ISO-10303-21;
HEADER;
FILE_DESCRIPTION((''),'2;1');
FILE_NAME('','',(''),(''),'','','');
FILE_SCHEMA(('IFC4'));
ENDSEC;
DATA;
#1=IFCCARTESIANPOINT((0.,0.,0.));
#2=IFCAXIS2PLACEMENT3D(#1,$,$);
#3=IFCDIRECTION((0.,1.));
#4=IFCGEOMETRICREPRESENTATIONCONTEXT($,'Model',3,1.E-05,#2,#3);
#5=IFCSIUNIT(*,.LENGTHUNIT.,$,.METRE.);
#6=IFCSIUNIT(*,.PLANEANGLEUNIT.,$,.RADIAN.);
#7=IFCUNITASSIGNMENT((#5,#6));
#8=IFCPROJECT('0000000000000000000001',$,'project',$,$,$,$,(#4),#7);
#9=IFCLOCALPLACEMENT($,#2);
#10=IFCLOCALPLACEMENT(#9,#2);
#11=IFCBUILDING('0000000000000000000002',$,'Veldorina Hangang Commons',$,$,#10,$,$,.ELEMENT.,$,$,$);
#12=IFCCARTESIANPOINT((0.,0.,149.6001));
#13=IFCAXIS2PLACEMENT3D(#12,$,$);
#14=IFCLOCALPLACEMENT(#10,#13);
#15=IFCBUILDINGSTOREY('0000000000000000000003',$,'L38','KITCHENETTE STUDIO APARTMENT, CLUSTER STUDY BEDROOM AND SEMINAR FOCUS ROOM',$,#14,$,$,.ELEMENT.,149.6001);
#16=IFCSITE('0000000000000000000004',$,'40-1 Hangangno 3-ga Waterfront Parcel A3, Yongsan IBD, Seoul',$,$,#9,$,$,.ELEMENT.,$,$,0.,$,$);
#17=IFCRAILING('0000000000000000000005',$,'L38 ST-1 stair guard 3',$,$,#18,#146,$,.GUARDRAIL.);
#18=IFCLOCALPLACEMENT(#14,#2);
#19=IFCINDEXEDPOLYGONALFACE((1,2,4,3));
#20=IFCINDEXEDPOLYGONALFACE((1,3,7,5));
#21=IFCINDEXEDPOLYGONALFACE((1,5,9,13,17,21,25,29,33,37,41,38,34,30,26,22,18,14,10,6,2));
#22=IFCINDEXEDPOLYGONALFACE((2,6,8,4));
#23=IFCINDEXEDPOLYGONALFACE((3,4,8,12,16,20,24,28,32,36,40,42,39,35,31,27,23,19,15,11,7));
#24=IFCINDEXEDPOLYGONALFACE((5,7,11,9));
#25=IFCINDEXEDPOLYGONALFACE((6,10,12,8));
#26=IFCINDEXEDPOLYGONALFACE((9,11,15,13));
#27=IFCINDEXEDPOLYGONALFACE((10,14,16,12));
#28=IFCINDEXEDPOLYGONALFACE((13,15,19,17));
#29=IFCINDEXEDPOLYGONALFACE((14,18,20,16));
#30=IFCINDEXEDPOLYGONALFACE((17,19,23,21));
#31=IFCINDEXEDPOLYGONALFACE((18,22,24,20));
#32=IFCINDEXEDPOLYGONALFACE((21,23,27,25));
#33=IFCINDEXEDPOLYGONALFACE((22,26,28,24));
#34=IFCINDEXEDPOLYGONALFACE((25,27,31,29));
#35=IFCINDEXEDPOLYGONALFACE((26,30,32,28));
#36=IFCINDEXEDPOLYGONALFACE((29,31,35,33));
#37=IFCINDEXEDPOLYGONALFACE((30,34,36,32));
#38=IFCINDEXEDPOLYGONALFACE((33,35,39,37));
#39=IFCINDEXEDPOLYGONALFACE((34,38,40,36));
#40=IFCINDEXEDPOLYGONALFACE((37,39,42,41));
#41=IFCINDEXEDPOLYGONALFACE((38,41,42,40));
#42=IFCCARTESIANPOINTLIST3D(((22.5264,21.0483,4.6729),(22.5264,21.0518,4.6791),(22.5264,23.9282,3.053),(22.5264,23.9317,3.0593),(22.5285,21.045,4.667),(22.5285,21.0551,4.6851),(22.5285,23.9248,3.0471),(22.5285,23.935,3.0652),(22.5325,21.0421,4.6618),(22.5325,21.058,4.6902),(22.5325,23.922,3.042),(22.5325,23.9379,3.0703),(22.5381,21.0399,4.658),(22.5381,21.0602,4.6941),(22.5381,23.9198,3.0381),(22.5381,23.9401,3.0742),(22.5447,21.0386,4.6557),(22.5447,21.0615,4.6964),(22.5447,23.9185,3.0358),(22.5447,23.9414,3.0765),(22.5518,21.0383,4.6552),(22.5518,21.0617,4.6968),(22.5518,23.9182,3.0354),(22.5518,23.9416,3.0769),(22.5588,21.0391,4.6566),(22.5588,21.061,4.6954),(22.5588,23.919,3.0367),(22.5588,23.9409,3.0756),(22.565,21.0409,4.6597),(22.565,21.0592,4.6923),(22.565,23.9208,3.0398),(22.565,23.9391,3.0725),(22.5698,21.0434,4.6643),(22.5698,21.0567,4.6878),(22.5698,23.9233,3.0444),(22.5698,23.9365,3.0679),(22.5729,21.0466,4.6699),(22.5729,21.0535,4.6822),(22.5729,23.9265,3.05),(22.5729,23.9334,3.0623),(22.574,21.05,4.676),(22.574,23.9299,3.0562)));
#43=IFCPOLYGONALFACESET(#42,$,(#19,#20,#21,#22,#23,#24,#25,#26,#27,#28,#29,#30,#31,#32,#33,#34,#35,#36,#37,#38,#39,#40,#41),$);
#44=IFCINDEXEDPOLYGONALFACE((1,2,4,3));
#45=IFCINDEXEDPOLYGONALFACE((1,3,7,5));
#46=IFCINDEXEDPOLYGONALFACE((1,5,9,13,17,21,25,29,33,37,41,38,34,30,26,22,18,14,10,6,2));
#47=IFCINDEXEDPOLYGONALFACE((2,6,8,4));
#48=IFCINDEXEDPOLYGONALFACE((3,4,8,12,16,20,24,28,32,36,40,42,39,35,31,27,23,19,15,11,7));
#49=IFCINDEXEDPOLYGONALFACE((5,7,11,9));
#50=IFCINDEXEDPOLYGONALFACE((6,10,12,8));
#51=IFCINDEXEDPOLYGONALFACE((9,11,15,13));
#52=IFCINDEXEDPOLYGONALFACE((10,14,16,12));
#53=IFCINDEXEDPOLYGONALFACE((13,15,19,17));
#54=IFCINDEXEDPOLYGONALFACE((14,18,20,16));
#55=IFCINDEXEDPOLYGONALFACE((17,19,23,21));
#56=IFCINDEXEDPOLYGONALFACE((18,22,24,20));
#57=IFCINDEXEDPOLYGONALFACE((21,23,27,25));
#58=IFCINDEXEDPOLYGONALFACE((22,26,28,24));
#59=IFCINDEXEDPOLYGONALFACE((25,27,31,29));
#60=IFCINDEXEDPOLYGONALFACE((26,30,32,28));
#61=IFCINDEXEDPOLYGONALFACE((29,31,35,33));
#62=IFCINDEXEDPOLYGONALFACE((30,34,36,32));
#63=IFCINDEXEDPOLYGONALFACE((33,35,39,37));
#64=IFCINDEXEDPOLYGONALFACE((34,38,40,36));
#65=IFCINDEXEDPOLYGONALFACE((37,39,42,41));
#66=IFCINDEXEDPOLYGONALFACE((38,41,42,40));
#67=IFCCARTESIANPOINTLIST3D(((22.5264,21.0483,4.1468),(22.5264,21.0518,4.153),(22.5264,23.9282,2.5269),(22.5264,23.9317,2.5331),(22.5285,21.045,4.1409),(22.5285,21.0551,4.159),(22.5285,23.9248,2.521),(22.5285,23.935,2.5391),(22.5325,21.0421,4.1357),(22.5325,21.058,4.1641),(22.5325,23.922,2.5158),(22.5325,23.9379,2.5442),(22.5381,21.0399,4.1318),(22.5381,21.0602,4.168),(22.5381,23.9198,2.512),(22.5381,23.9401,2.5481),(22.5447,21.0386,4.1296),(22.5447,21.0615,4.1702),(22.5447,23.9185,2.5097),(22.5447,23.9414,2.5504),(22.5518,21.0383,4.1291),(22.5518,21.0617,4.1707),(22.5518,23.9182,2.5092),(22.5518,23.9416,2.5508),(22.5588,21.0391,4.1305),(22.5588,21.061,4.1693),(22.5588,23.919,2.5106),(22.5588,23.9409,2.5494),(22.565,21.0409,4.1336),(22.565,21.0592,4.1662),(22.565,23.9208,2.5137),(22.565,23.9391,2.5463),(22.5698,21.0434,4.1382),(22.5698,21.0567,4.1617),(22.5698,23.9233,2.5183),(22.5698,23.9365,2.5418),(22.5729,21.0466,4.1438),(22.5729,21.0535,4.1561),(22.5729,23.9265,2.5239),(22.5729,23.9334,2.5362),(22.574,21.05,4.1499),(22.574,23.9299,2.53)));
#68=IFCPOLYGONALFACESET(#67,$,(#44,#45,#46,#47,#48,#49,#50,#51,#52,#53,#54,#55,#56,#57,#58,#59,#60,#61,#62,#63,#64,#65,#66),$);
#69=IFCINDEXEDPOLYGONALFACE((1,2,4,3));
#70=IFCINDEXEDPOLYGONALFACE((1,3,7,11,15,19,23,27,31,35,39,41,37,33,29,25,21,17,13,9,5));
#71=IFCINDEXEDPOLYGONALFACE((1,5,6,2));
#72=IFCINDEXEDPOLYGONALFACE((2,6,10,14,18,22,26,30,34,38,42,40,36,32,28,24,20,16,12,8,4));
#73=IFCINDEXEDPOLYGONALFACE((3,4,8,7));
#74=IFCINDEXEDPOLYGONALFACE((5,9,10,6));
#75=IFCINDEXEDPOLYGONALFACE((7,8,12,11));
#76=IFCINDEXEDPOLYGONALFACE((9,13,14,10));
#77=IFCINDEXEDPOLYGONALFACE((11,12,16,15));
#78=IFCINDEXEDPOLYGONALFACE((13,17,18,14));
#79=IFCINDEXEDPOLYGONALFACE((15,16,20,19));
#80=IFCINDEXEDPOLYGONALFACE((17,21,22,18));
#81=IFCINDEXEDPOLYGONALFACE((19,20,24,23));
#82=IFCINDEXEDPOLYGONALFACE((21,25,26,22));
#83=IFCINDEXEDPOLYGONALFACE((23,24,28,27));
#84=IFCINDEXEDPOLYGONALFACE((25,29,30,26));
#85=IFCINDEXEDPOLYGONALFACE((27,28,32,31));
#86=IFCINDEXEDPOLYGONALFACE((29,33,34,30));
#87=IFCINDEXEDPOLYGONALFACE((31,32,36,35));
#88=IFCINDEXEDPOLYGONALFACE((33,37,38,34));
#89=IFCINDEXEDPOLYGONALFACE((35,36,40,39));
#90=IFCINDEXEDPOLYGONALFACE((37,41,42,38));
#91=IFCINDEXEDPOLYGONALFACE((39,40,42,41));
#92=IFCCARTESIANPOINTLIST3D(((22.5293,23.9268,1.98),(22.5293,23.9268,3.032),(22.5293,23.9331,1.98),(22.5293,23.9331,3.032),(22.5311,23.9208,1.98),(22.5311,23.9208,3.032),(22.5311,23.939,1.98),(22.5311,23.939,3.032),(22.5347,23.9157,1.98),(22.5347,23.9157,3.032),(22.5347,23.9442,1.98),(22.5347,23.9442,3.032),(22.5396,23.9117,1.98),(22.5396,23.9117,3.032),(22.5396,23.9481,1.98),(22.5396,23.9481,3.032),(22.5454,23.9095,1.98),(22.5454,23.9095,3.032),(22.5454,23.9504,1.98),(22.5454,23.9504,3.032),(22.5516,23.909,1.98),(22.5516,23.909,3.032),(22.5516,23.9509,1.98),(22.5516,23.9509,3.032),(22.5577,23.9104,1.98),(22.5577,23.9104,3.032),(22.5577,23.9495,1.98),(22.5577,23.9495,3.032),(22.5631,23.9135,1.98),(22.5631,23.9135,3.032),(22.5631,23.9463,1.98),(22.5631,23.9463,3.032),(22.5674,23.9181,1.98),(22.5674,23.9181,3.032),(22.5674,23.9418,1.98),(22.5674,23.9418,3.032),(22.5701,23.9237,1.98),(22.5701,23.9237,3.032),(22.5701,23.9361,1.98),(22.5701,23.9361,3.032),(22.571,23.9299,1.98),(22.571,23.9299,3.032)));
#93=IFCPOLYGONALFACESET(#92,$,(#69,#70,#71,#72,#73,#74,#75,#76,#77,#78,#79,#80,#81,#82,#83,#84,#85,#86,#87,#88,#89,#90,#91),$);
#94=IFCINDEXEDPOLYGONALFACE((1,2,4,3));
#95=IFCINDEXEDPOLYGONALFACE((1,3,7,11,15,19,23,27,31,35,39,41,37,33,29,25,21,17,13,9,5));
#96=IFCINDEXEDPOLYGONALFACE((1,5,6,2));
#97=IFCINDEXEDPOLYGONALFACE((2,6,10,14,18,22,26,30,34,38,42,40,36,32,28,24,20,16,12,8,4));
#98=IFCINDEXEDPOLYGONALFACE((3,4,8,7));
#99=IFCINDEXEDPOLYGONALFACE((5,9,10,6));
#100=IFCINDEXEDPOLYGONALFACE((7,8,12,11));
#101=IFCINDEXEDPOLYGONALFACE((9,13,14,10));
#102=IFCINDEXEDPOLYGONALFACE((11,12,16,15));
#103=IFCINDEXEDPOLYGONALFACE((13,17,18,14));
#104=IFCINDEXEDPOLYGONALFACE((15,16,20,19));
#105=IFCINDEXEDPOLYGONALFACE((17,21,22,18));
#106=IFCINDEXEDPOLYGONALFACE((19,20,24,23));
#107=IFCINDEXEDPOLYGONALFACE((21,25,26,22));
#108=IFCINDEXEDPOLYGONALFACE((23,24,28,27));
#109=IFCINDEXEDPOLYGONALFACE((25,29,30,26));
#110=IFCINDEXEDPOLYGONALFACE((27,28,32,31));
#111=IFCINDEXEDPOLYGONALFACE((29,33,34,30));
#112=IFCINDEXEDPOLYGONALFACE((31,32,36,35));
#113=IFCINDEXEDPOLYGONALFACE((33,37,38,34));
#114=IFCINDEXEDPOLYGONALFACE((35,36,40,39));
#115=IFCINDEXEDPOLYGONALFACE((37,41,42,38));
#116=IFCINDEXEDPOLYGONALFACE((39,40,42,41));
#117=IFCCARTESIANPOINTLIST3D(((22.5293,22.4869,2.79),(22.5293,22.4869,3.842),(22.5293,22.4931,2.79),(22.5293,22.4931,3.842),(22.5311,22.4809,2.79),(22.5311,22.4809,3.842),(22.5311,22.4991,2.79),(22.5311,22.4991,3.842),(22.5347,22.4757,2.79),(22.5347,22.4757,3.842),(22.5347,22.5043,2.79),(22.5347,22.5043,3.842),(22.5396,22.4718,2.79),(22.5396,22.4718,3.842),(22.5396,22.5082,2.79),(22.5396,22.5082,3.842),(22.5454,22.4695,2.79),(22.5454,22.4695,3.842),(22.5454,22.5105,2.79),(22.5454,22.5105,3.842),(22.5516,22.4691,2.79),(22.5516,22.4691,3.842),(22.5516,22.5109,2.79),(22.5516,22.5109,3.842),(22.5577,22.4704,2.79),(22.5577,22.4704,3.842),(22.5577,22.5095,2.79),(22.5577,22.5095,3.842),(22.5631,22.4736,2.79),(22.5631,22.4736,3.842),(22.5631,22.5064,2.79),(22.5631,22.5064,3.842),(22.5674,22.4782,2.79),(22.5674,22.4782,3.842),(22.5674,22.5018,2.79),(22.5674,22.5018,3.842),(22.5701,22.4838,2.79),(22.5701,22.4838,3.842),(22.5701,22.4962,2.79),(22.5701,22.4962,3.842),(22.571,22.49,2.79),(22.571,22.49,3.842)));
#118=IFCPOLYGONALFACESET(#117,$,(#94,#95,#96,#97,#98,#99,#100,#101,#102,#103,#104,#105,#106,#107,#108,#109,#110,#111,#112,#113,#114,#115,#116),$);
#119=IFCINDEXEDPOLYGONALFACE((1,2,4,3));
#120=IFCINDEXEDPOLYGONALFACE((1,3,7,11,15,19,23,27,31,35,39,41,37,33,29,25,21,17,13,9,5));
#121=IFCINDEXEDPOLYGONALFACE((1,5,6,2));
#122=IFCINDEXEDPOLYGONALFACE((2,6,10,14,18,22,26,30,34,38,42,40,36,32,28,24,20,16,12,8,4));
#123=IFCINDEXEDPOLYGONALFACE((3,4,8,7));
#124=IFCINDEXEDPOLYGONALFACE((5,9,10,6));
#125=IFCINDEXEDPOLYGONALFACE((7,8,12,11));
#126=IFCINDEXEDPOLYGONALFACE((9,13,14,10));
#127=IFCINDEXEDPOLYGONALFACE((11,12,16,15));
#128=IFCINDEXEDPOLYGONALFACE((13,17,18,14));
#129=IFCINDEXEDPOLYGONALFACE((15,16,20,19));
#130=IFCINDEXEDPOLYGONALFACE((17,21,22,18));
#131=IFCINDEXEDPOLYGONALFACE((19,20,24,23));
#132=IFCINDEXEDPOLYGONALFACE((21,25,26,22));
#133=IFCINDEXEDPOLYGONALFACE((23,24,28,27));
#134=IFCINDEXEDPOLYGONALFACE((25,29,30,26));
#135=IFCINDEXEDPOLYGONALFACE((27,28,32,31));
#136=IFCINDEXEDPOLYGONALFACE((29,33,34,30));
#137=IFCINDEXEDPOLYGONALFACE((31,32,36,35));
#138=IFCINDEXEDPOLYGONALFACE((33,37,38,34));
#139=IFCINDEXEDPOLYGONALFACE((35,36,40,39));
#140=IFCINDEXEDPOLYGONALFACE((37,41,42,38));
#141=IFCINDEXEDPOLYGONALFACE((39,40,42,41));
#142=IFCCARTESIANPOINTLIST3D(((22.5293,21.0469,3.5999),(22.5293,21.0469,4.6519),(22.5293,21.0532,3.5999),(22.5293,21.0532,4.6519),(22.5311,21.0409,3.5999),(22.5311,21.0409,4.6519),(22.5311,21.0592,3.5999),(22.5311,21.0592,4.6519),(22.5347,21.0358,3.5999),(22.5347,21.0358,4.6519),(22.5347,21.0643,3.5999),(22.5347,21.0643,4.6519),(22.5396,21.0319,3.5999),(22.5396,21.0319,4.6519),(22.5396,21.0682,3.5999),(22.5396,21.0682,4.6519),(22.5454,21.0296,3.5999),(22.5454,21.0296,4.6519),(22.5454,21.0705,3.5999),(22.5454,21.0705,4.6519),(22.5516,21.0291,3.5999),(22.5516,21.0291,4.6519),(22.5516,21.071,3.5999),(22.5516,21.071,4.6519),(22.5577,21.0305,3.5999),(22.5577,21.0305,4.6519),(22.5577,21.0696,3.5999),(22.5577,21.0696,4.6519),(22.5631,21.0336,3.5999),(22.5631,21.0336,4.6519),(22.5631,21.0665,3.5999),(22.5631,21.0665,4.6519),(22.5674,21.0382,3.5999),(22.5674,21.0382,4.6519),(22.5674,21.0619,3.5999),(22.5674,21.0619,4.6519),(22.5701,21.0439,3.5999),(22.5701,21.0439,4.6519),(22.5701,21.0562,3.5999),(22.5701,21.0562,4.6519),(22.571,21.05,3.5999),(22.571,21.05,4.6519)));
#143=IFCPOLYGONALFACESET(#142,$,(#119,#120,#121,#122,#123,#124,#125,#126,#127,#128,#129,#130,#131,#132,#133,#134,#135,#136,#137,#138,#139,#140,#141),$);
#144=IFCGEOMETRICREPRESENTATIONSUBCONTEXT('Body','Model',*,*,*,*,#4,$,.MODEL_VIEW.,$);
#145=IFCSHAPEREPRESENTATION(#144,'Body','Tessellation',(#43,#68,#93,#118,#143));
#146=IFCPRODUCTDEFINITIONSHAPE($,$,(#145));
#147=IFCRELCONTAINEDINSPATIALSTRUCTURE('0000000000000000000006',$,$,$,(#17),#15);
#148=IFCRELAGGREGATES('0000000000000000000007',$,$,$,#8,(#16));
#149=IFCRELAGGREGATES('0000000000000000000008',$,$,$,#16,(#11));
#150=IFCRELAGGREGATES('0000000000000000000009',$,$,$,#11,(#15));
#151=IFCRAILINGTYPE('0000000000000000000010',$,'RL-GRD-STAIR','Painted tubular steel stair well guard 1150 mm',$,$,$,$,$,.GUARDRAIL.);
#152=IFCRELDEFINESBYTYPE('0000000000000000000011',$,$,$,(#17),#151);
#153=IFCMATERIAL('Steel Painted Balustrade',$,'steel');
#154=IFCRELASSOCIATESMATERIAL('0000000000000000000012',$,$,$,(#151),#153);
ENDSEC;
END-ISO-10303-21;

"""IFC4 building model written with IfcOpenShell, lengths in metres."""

from ifc_helpers import new_model, si_unit, direction, frame, origin, origin_2d, place, context, subcontext, project, spatial, circle, extrude, material, type_object, element, save


model = new_model("IFC4")

# Units and contexts
model_context = context("Model", 3, precision=1e-05, world=origin(), true_north=direction((0.0, 1.0)))
body_context = subcontext(model_context, "Body", "Model", "MODEL_VIEW")
ifc_project = project(units=[si_unit("LENGTHUNIT", "METRE"), si_unit("PLANEANGLEUNIT", "RADIAN")], contexts=[model_context])

# Site, building, storey
site_placement = place(None, origin())
site = spatial("IfcSite", under=ifc_project, at=site_placement, Name="40-1 Hangangno 3-ga Waterfront Parcel A3, Yongsan IBD, Seoul", CompositionType="ELEMENT", RefElevation=0.0)
building_placement = place(site_placement, origin())
building = spatial("IfcBuilding", under=site, at=building_placement, Name="Veldorina Hangang Commons", CompositionType="ELEMENT")
storey_placement = place(building_placement, frame((0.0, 0.0, 149.6001)))
storey = spatial("IfcBuildingStorey", under=building, at=storey_placement, Name="L38", Description="KITCHENETTE STUDIO APARTMENT, CLUSTER STUDY BEDROOM AND SEMINAR FOCUS ROOM", CompositionType="ELEMENT", Elevation=149.6001)

# Railing
ifc_material_1 = material(Name="Steel Painted Balustrade", Category="steel")
railing_type_1 = type_object("IfcRailingType", Name="RL-GRD-STAIR", Description="Painted tubular steel stair well guard 1150 mm", PredefinedType="GUARDRAIL", material=ifc_material_1)
railing_1_placement = place(storey_placement, frame((22.55, 23.9299, 1.98)))
element("IfcRailing", 1, at=railing_1_placement, inside=storey, type_object=railing_type_1, Name="L38 ST-1 stair guard 3", PredefinedType="GUARDRAIL", context=body_context, shape_type="SweptSolid", body=[
    extrude(circle(Radius=0.0239, at=origin_2d()), frame((0.0, 0.0, 1.0762), z_axis=(0.0, -0.871583, 0.490247), x_axis=(1.0, 0.0, 0.0)), (0.0, 0.0, 1.0), 3.3042),
    extrude(circle(Radius=0.0239, at=origin_2d()), frame((0.0, 0.0, 0.55), z_axis=(0.0, -0.871583, 0.490247), x_axis=(1.0, 0.0, 0.0)), (0.0, 0.0, 1.0), 3.3042),
    extrude(circle(Radius=0.021, at=origin_2d()), origin(), (0.0, 0.0, 1.0), 1.052),
    extrude(circle(Radius=0.021, at=origin_2d()), frame((0.0, -1.4399, 0.8101)), (0.0, 0.0, 1.0), 1.052),
    extrude(circle(Radius=0.021, at=origin_2d()), frame((0.0, -2.8799, 1.6199)), (0.0, 0.0, 1.0), 1.052),
])

save(model, "model.ifc")
